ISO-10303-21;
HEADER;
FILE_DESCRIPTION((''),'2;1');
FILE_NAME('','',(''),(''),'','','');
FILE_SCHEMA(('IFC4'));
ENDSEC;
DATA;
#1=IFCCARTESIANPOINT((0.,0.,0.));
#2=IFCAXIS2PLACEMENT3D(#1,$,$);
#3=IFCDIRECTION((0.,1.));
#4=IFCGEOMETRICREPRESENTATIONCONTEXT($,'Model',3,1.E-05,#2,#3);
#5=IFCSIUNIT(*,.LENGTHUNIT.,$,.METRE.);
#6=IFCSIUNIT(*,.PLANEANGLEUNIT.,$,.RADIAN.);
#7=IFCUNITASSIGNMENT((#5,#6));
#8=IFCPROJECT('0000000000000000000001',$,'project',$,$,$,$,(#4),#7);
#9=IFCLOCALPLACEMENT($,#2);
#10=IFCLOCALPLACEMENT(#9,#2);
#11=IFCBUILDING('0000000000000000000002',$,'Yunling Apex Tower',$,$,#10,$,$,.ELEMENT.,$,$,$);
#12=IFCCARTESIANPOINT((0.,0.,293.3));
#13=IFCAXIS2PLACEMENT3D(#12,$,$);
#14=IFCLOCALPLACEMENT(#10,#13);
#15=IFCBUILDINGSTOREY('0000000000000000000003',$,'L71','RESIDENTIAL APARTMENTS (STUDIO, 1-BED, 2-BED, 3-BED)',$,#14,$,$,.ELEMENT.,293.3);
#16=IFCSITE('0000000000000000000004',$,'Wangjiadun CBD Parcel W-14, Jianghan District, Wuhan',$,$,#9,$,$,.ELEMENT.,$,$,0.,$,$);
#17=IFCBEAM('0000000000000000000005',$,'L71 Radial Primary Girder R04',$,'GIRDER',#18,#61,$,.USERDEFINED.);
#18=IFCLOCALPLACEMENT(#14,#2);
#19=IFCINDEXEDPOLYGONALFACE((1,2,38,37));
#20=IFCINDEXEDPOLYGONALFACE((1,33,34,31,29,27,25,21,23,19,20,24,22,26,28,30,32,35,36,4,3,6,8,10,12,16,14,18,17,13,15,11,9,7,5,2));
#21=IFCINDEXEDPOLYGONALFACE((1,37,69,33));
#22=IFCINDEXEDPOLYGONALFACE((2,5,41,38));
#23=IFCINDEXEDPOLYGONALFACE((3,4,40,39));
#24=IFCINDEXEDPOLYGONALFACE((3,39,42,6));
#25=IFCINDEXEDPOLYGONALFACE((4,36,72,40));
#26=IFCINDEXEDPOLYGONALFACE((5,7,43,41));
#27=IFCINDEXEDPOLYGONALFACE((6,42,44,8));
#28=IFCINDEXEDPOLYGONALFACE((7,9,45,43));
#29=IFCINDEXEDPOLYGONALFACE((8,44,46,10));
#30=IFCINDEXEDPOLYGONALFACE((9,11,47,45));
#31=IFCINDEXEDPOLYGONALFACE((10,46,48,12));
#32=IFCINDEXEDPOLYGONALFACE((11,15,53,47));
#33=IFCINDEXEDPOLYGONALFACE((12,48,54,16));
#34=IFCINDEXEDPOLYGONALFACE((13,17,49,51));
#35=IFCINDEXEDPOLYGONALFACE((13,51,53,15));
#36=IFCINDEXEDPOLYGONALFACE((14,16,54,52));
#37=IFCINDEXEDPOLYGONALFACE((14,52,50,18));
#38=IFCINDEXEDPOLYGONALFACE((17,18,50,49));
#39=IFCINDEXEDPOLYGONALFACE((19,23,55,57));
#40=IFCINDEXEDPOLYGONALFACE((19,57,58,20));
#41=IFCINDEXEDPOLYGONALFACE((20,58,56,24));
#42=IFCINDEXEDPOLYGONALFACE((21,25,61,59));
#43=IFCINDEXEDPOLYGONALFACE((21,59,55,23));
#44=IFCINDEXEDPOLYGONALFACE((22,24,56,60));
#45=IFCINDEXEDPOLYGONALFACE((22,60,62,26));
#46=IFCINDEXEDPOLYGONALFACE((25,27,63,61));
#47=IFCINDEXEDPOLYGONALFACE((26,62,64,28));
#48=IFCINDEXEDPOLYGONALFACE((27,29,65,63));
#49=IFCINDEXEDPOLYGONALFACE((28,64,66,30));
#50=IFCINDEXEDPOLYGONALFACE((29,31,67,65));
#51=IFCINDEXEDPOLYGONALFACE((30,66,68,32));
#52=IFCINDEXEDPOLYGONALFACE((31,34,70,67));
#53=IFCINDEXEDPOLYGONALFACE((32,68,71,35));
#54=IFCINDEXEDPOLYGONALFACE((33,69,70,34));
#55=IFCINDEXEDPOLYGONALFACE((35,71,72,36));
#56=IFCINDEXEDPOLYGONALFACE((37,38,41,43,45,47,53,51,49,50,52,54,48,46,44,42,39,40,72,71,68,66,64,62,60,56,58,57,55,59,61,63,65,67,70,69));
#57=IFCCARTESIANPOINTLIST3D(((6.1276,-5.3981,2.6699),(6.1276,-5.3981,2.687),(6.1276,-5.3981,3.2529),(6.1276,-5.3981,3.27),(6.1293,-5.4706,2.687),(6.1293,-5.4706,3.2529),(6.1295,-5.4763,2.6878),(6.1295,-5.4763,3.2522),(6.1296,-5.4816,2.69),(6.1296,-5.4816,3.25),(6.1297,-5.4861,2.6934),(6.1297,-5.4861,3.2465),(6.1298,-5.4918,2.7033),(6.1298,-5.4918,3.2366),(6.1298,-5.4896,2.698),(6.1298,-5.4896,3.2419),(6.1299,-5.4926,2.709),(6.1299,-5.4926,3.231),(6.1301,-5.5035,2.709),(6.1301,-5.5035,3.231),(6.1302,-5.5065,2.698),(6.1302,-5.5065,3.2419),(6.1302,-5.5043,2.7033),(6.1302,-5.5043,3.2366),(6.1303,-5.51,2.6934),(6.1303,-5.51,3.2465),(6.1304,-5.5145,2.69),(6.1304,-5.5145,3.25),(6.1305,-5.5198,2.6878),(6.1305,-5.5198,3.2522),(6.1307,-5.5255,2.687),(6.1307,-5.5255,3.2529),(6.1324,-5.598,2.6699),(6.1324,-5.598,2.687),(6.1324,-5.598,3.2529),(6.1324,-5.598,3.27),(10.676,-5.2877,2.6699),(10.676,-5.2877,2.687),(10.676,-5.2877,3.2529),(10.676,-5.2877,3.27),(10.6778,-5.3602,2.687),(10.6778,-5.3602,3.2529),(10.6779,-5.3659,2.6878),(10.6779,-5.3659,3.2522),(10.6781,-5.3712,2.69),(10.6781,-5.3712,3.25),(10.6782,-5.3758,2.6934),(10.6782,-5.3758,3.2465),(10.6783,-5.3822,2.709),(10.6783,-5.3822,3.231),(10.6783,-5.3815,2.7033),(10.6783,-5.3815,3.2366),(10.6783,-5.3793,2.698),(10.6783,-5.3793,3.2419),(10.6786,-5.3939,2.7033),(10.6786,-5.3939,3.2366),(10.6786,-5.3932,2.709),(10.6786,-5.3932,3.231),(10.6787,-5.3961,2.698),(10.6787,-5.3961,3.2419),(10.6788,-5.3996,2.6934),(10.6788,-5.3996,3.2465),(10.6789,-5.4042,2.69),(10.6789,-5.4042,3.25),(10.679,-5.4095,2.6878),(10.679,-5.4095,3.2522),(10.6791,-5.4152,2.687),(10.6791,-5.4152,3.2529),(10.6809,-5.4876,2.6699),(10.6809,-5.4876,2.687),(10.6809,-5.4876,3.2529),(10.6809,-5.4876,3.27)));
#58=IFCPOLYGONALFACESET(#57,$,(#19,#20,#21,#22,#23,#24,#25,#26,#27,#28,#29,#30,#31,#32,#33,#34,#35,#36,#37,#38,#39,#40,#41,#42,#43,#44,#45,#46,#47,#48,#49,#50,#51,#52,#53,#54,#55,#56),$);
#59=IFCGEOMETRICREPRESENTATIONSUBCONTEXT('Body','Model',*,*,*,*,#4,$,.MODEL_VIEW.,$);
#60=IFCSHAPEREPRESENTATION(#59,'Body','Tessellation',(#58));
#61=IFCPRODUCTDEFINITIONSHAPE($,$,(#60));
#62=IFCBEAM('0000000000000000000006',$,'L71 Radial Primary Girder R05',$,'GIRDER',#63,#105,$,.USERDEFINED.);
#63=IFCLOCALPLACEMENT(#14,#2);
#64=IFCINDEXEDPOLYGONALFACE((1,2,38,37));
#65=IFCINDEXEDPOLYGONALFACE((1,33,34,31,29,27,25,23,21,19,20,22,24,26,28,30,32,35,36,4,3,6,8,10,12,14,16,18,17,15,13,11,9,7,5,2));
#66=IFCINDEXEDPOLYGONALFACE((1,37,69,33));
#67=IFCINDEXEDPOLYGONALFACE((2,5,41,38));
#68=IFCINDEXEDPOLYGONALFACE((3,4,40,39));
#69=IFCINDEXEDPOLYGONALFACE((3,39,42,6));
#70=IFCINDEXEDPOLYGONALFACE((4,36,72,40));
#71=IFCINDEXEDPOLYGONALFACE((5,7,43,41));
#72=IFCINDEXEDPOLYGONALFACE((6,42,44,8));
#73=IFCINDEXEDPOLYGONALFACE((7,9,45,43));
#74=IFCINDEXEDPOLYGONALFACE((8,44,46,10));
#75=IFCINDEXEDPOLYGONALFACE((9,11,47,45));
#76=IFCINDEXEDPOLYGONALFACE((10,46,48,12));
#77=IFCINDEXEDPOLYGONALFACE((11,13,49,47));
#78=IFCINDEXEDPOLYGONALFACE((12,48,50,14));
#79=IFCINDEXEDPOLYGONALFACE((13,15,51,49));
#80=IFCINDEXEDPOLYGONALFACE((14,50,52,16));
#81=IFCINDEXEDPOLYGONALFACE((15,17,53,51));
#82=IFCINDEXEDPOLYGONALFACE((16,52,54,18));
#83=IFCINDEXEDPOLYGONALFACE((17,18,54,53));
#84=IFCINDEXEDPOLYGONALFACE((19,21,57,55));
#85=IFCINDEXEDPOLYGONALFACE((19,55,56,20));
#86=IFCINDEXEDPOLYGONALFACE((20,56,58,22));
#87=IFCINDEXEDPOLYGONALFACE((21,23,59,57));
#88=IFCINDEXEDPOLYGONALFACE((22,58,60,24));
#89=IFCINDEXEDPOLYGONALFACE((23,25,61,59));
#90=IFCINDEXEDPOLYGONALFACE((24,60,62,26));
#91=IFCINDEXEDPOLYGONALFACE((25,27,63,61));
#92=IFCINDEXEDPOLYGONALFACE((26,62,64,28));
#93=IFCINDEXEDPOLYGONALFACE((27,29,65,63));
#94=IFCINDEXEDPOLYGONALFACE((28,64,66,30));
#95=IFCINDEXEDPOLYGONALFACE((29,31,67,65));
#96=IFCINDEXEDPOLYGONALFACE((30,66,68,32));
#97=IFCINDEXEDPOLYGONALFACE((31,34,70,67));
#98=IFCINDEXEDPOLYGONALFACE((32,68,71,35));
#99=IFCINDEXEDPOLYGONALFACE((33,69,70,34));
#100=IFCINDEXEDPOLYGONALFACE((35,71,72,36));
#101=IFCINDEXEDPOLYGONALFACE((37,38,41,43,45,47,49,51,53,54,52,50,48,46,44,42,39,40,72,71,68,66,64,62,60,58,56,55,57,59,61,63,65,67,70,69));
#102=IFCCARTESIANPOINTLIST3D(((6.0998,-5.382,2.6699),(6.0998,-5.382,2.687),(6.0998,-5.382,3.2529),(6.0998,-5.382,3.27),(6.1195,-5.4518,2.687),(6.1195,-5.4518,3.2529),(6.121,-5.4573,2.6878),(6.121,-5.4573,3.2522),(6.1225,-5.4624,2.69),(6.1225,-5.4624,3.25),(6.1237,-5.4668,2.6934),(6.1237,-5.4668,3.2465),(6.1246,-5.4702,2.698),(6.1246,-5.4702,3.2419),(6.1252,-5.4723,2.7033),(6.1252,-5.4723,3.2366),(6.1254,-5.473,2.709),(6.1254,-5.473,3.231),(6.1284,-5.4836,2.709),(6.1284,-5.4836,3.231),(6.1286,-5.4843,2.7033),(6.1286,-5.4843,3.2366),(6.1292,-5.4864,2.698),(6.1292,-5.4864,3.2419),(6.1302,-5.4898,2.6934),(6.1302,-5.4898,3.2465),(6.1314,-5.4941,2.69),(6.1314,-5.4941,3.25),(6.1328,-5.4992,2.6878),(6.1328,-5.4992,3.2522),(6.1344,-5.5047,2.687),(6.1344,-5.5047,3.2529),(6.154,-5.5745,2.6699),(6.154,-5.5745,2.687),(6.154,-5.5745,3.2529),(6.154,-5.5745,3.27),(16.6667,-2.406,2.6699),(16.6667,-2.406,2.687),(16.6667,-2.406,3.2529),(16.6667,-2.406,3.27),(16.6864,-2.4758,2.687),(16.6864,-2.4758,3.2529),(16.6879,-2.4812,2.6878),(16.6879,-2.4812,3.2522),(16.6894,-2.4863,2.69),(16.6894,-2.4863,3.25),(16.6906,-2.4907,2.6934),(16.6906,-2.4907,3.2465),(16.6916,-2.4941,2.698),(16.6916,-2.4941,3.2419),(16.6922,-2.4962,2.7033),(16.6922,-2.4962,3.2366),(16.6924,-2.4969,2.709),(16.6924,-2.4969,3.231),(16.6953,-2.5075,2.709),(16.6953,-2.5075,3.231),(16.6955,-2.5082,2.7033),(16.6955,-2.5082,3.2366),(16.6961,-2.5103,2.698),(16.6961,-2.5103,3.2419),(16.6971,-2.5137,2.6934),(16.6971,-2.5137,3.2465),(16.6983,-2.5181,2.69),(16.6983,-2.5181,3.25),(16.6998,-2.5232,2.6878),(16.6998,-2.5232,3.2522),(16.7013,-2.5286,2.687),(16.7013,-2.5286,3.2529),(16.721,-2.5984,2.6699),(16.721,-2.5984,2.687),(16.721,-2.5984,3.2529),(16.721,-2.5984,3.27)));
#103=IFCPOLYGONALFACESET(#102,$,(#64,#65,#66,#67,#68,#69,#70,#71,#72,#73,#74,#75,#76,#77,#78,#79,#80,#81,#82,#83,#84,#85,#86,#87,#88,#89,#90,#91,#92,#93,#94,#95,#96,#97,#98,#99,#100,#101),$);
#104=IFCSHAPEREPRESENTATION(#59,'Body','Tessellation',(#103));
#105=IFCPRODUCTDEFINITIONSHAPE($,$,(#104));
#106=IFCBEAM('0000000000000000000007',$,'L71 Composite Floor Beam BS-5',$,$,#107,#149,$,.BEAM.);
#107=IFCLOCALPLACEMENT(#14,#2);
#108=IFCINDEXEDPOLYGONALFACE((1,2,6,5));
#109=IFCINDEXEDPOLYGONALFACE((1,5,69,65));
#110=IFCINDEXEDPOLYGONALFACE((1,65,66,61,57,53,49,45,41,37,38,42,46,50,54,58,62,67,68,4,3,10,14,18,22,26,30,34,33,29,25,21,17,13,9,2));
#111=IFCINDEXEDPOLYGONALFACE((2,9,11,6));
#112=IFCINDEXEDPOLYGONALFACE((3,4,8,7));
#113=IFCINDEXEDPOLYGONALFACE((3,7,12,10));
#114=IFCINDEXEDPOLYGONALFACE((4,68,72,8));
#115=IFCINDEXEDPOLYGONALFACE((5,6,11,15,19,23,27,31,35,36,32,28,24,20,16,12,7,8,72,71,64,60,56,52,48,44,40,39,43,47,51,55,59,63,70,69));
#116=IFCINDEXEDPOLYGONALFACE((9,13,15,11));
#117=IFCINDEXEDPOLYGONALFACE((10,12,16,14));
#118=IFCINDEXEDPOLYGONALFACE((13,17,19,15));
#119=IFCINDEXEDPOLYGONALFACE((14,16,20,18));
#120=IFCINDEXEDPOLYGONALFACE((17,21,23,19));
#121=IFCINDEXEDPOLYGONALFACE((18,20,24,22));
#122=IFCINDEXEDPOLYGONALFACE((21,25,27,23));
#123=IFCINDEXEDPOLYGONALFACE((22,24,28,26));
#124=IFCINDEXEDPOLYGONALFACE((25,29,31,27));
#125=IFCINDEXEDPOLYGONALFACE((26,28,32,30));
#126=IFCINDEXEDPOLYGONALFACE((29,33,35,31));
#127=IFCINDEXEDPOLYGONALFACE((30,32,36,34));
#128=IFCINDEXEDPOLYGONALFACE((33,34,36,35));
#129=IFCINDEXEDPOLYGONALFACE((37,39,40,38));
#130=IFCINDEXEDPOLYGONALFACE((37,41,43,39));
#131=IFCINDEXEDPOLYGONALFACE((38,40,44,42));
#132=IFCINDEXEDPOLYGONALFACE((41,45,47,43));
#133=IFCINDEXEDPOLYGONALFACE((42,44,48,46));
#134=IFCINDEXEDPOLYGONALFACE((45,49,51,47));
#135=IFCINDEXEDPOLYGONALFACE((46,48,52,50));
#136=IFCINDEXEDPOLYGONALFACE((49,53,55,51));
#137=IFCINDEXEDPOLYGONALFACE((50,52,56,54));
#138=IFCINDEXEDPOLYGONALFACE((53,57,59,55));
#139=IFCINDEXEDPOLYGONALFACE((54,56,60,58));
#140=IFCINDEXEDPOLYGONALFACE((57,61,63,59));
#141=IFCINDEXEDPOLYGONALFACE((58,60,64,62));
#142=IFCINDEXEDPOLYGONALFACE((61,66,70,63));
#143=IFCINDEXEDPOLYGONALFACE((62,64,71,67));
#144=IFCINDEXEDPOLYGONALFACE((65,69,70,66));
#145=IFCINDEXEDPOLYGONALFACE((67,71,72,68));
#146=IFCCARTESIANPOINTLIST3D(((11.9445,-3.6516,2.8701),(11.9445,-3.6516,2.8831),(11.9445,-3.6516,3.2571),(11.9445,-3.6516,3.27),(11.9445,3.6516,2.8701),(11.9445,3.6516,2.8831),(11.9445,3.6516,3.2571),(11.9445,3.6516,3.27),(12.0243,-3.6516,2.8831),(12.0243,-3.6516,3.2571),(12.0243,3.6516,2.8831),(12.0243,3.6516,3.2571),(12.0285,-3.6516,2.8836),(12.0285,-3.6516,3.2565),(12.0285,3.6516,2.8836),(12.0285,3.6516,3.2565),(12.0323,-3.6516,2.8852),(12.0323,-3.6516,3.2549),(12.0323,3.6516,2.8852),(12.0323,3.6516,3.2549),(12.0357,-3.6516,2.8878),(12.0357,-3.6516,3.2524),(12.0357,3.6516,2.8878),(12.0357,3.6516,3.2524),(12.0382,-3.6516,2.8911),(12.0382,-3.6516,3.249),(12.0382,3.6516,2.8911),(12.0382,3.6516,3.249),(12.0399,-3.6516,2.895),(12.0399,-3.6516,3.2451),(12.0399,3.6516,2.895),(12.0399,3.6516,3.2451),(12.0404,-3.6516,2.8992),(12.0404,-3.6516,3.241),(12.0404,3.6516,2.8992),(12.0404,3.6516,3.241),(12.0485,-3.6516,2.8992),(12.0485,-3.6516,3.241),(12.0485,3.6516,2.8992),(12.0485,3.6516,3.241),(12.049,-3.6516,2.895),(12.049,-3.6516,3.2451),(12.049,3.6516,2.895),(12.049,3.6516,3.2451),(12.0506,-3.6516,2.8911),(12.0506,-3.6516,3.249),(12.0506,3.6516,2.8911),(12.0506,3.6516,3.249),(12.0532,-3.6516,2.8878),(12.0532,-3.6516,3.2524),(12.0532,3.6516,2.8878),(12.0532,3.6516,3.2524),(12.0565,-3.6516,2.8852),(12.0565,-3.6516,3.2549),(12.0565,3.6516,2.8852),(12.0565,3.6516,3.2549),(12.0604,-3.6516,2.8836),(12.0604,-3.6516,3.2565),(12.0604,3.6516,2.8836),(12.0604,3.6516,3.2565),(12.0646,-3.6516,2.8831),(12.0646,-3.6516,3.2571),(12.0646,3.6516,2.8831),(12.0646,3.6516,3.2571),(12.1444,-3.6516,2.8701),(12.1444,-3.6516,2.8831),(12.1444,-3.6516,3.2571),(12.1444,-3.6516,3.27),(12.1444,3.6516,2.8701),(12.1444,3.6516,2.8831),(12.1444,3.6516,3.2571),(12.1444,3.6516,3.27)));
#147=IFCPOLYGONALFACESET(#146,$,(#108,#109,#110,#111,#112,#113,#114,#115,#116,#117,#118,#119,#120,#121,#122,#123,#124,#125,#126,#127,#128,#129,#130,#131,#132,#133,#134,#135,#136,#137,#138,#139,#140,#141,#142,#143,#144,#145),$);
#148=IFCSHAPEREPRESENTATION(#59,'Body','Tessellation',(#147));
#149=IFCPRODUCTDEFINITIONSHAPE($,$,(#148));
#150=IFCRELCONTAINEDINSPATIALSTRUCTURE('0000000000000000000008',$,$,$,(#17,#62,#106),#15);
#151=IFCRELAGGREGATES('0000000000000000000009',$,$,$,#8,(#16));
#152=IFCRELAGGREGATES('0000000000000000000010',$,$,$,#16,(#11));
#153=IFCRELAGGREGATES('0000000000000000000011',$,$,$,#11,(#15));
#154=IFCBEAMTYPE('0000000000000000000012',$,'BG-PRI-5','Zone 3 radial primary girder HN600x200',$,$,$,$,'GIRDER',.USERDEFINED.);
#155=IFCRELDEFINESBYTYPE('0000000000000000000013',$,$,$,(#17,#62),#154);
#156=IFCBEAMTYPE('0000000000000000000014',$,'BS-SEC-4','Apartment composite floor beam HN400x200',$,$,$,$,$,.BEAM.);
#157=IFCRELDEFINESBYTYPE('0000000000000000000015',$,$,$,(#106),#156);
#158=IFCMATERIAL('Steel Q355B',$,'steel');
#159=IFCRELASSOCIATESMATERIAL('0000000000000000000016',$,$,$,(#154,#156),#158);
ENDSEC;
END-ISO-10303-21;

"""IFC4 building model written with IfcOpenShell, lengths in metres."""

from ifc_helpers import new_model, si_unit, direction, frame, origin, origin_2d, place, context, subcontext, project, spatial, i_section, extrude, source, transform, mapped, material, material_profile, profile_set, type_object, element, save


model = new_model("IFC4")

# Units and contexts
model_context = context("Model", 3, precision=1e-05, world=origin(), true_north=direction((0.0, 1.0)))
body_context = subcontext(model_context, "Body", "Model", "MODEL_VIEW")
ifc_project = project(units=[si_unit("LENGTHUNIT", "METRE"), si_unit("PLANEANGLEUNIT", "RADIAN")], contexts=[model_context])

# Site, building, storey
site_placement = place(None, origin())
site = spatial("IfcSite", under=ifc_project, at=site_placement, Name="Wangjiadun CBD Parcel W-14, Jianghan District, Wuhan", CompositionType="ELEMENT", RefElevation=0.0)
building_placement = place(site_placement, origin())
building = spatial("IfcBuilding", under=site, at=building_placement, Name="Yunling Apex Tower", CompositionType="ELEMENT")
storey_placement = place(building_placement, frame((0.0, 0.0, 293.3)))
storey = spatial("IfcBuildingStorey", under=building, at=storey_placement, Name="L71", Description="RESIDENTIAL APARTMENTS (STUDIO, 1-BED, 2-BED, 3-BED)", CompositionType="ELEMENT", Elevation=293.3)

# Shared definitions
ifc_material_1 = material(Name="Steel Q355B", Category="steel")

# Beams
ifc_material_profile_1 = material_profile(ifc_material_1, i_section(OverallWidth=0.2, OverallDepth=0.6001, WebThickness=0.011, FlangeThickness=0.0171, FilletRadius=0.022, at=origin_2d()))
ifc_profile_set_1 = profile_set([ifc_material_profile_1], Name="Steel Q355B")
beam_type_1 = type_object("IfcBeamType", Name="BG-PRI-5", Description="Zone 3 radial primary girder HN600x200", ElementType="GIRDER", PredefinedType="USERDEFINED", material=ifc_profile_set_1)
shared_shape_1 = source(origin(), body_context, "Body", "SweptSolid", [
    extrude(i_section(OverallWidth=0.2, OverallDepth=0.6001, WebThickness=0.011, FlangeThickness=0.0171, FilletRadius=0.022, at=origin_2d()), origin(), (0.0, 0.0, 1.0), 4.5498),
])
beam_1_placement = place(storey_placement, frame((10.6785, -5.3877, 2.97), z_axis=(-0.999706, -0.024254, 0.0), x_axis=(0.024254, -0.999706, 0.0)))
element("IfcBeam", 1, at=beam_1_placement, inside=storey, type_object=beam_type_1, Name="L71 Radial Primary Girder R04", ObjectType="GIRDER", PredefinedType="USERDEFINED", context=body_context, shape_type="MappedRepresentation", body=[
    mapped(shared_shape_1, transform((0.0, 0.0, 0.0), scale=1.0)),
])
shared_shape_2 = source(origin(), body_context, "Body", "SweptSolid", [
    extrude(i_section(OverallWidth=0.2, OverallDepth=0.6001, WebThickness=0.011, FlangeThickness=0.0171, FilletRadius=0.022, at=origin_2d()), origin(), (0.0, 0.0, 1.0), 10.978),
])
beam_2_placement = place(storey_placement, frame((16.6938, -2.5022, 2.97), z_axis=(-0.962553, -0.271095, 0.0), x_axis=(0.271095, -0.962553, 0.0)))
element("IfcBeam", 2, at=beam_2_placement, inside=storey, type_object=beam_type_1, Name="L71 Radial Primary Girder R05", ObjectType="GIRDER", PredefinedType="USERDEFINED", context=body_context, shape_type="MappedRepresentation", body=[
    mapped(shared_shape_2, transform((0.0, 0.0, 0.0), scale=1.0)),
])
ifc_material_profile_2 = material_profile(ifc_material_1, i_section(OverallWidth=0.2, OverallDepth=0.3999, WebThickness=0.0081, FlangeThickness=0.0129, FilletRadius=0.0161, at=origin_2d()))
ifc_profile_set_2 = profile_set([ifc_material_profile_2], Name="Steel Q355B")
beam_type_2 = type_object("IfcBeamType", Name="BS-SEC-4", Description="Apartment composite floor beam HN400x200", PredefinedType="BEAM", material=ifc_profile_set_2)
shared_shape_3 = source(origin(), body_context, "Body", "SweptSolid", [
    extrude(i_section(OverallWidth=0.2, OverallDepth=0.3999, WebThickness=0.0081, FlangeThickness=0.0129, FilletRadius=0.0161, at=origin_2d()), origin(), (0.0, 0.0, 1.0), 7.3032),
])
beam_3_placement = place(storey_placement, frame((12.0444, -3.6516, 3.0701), z_axis=(0.0, 1.0, 0.0), x_axis=(-1.0, 0.0, 0.0)))
element("IfcBeam", 3, at=beam_3_placement, inside=storey, type_object=beam_type_2, Name="L71 Composite Floor Beam BS-5", PredefinedType="BEAM", context=body_context, shape_type="MappedRepresentation", body=[
    mapped(shared_shape_3, transform((0.0, 0.0, 0.0), scale=1.0)),
])

save(model, "model.ifc")
